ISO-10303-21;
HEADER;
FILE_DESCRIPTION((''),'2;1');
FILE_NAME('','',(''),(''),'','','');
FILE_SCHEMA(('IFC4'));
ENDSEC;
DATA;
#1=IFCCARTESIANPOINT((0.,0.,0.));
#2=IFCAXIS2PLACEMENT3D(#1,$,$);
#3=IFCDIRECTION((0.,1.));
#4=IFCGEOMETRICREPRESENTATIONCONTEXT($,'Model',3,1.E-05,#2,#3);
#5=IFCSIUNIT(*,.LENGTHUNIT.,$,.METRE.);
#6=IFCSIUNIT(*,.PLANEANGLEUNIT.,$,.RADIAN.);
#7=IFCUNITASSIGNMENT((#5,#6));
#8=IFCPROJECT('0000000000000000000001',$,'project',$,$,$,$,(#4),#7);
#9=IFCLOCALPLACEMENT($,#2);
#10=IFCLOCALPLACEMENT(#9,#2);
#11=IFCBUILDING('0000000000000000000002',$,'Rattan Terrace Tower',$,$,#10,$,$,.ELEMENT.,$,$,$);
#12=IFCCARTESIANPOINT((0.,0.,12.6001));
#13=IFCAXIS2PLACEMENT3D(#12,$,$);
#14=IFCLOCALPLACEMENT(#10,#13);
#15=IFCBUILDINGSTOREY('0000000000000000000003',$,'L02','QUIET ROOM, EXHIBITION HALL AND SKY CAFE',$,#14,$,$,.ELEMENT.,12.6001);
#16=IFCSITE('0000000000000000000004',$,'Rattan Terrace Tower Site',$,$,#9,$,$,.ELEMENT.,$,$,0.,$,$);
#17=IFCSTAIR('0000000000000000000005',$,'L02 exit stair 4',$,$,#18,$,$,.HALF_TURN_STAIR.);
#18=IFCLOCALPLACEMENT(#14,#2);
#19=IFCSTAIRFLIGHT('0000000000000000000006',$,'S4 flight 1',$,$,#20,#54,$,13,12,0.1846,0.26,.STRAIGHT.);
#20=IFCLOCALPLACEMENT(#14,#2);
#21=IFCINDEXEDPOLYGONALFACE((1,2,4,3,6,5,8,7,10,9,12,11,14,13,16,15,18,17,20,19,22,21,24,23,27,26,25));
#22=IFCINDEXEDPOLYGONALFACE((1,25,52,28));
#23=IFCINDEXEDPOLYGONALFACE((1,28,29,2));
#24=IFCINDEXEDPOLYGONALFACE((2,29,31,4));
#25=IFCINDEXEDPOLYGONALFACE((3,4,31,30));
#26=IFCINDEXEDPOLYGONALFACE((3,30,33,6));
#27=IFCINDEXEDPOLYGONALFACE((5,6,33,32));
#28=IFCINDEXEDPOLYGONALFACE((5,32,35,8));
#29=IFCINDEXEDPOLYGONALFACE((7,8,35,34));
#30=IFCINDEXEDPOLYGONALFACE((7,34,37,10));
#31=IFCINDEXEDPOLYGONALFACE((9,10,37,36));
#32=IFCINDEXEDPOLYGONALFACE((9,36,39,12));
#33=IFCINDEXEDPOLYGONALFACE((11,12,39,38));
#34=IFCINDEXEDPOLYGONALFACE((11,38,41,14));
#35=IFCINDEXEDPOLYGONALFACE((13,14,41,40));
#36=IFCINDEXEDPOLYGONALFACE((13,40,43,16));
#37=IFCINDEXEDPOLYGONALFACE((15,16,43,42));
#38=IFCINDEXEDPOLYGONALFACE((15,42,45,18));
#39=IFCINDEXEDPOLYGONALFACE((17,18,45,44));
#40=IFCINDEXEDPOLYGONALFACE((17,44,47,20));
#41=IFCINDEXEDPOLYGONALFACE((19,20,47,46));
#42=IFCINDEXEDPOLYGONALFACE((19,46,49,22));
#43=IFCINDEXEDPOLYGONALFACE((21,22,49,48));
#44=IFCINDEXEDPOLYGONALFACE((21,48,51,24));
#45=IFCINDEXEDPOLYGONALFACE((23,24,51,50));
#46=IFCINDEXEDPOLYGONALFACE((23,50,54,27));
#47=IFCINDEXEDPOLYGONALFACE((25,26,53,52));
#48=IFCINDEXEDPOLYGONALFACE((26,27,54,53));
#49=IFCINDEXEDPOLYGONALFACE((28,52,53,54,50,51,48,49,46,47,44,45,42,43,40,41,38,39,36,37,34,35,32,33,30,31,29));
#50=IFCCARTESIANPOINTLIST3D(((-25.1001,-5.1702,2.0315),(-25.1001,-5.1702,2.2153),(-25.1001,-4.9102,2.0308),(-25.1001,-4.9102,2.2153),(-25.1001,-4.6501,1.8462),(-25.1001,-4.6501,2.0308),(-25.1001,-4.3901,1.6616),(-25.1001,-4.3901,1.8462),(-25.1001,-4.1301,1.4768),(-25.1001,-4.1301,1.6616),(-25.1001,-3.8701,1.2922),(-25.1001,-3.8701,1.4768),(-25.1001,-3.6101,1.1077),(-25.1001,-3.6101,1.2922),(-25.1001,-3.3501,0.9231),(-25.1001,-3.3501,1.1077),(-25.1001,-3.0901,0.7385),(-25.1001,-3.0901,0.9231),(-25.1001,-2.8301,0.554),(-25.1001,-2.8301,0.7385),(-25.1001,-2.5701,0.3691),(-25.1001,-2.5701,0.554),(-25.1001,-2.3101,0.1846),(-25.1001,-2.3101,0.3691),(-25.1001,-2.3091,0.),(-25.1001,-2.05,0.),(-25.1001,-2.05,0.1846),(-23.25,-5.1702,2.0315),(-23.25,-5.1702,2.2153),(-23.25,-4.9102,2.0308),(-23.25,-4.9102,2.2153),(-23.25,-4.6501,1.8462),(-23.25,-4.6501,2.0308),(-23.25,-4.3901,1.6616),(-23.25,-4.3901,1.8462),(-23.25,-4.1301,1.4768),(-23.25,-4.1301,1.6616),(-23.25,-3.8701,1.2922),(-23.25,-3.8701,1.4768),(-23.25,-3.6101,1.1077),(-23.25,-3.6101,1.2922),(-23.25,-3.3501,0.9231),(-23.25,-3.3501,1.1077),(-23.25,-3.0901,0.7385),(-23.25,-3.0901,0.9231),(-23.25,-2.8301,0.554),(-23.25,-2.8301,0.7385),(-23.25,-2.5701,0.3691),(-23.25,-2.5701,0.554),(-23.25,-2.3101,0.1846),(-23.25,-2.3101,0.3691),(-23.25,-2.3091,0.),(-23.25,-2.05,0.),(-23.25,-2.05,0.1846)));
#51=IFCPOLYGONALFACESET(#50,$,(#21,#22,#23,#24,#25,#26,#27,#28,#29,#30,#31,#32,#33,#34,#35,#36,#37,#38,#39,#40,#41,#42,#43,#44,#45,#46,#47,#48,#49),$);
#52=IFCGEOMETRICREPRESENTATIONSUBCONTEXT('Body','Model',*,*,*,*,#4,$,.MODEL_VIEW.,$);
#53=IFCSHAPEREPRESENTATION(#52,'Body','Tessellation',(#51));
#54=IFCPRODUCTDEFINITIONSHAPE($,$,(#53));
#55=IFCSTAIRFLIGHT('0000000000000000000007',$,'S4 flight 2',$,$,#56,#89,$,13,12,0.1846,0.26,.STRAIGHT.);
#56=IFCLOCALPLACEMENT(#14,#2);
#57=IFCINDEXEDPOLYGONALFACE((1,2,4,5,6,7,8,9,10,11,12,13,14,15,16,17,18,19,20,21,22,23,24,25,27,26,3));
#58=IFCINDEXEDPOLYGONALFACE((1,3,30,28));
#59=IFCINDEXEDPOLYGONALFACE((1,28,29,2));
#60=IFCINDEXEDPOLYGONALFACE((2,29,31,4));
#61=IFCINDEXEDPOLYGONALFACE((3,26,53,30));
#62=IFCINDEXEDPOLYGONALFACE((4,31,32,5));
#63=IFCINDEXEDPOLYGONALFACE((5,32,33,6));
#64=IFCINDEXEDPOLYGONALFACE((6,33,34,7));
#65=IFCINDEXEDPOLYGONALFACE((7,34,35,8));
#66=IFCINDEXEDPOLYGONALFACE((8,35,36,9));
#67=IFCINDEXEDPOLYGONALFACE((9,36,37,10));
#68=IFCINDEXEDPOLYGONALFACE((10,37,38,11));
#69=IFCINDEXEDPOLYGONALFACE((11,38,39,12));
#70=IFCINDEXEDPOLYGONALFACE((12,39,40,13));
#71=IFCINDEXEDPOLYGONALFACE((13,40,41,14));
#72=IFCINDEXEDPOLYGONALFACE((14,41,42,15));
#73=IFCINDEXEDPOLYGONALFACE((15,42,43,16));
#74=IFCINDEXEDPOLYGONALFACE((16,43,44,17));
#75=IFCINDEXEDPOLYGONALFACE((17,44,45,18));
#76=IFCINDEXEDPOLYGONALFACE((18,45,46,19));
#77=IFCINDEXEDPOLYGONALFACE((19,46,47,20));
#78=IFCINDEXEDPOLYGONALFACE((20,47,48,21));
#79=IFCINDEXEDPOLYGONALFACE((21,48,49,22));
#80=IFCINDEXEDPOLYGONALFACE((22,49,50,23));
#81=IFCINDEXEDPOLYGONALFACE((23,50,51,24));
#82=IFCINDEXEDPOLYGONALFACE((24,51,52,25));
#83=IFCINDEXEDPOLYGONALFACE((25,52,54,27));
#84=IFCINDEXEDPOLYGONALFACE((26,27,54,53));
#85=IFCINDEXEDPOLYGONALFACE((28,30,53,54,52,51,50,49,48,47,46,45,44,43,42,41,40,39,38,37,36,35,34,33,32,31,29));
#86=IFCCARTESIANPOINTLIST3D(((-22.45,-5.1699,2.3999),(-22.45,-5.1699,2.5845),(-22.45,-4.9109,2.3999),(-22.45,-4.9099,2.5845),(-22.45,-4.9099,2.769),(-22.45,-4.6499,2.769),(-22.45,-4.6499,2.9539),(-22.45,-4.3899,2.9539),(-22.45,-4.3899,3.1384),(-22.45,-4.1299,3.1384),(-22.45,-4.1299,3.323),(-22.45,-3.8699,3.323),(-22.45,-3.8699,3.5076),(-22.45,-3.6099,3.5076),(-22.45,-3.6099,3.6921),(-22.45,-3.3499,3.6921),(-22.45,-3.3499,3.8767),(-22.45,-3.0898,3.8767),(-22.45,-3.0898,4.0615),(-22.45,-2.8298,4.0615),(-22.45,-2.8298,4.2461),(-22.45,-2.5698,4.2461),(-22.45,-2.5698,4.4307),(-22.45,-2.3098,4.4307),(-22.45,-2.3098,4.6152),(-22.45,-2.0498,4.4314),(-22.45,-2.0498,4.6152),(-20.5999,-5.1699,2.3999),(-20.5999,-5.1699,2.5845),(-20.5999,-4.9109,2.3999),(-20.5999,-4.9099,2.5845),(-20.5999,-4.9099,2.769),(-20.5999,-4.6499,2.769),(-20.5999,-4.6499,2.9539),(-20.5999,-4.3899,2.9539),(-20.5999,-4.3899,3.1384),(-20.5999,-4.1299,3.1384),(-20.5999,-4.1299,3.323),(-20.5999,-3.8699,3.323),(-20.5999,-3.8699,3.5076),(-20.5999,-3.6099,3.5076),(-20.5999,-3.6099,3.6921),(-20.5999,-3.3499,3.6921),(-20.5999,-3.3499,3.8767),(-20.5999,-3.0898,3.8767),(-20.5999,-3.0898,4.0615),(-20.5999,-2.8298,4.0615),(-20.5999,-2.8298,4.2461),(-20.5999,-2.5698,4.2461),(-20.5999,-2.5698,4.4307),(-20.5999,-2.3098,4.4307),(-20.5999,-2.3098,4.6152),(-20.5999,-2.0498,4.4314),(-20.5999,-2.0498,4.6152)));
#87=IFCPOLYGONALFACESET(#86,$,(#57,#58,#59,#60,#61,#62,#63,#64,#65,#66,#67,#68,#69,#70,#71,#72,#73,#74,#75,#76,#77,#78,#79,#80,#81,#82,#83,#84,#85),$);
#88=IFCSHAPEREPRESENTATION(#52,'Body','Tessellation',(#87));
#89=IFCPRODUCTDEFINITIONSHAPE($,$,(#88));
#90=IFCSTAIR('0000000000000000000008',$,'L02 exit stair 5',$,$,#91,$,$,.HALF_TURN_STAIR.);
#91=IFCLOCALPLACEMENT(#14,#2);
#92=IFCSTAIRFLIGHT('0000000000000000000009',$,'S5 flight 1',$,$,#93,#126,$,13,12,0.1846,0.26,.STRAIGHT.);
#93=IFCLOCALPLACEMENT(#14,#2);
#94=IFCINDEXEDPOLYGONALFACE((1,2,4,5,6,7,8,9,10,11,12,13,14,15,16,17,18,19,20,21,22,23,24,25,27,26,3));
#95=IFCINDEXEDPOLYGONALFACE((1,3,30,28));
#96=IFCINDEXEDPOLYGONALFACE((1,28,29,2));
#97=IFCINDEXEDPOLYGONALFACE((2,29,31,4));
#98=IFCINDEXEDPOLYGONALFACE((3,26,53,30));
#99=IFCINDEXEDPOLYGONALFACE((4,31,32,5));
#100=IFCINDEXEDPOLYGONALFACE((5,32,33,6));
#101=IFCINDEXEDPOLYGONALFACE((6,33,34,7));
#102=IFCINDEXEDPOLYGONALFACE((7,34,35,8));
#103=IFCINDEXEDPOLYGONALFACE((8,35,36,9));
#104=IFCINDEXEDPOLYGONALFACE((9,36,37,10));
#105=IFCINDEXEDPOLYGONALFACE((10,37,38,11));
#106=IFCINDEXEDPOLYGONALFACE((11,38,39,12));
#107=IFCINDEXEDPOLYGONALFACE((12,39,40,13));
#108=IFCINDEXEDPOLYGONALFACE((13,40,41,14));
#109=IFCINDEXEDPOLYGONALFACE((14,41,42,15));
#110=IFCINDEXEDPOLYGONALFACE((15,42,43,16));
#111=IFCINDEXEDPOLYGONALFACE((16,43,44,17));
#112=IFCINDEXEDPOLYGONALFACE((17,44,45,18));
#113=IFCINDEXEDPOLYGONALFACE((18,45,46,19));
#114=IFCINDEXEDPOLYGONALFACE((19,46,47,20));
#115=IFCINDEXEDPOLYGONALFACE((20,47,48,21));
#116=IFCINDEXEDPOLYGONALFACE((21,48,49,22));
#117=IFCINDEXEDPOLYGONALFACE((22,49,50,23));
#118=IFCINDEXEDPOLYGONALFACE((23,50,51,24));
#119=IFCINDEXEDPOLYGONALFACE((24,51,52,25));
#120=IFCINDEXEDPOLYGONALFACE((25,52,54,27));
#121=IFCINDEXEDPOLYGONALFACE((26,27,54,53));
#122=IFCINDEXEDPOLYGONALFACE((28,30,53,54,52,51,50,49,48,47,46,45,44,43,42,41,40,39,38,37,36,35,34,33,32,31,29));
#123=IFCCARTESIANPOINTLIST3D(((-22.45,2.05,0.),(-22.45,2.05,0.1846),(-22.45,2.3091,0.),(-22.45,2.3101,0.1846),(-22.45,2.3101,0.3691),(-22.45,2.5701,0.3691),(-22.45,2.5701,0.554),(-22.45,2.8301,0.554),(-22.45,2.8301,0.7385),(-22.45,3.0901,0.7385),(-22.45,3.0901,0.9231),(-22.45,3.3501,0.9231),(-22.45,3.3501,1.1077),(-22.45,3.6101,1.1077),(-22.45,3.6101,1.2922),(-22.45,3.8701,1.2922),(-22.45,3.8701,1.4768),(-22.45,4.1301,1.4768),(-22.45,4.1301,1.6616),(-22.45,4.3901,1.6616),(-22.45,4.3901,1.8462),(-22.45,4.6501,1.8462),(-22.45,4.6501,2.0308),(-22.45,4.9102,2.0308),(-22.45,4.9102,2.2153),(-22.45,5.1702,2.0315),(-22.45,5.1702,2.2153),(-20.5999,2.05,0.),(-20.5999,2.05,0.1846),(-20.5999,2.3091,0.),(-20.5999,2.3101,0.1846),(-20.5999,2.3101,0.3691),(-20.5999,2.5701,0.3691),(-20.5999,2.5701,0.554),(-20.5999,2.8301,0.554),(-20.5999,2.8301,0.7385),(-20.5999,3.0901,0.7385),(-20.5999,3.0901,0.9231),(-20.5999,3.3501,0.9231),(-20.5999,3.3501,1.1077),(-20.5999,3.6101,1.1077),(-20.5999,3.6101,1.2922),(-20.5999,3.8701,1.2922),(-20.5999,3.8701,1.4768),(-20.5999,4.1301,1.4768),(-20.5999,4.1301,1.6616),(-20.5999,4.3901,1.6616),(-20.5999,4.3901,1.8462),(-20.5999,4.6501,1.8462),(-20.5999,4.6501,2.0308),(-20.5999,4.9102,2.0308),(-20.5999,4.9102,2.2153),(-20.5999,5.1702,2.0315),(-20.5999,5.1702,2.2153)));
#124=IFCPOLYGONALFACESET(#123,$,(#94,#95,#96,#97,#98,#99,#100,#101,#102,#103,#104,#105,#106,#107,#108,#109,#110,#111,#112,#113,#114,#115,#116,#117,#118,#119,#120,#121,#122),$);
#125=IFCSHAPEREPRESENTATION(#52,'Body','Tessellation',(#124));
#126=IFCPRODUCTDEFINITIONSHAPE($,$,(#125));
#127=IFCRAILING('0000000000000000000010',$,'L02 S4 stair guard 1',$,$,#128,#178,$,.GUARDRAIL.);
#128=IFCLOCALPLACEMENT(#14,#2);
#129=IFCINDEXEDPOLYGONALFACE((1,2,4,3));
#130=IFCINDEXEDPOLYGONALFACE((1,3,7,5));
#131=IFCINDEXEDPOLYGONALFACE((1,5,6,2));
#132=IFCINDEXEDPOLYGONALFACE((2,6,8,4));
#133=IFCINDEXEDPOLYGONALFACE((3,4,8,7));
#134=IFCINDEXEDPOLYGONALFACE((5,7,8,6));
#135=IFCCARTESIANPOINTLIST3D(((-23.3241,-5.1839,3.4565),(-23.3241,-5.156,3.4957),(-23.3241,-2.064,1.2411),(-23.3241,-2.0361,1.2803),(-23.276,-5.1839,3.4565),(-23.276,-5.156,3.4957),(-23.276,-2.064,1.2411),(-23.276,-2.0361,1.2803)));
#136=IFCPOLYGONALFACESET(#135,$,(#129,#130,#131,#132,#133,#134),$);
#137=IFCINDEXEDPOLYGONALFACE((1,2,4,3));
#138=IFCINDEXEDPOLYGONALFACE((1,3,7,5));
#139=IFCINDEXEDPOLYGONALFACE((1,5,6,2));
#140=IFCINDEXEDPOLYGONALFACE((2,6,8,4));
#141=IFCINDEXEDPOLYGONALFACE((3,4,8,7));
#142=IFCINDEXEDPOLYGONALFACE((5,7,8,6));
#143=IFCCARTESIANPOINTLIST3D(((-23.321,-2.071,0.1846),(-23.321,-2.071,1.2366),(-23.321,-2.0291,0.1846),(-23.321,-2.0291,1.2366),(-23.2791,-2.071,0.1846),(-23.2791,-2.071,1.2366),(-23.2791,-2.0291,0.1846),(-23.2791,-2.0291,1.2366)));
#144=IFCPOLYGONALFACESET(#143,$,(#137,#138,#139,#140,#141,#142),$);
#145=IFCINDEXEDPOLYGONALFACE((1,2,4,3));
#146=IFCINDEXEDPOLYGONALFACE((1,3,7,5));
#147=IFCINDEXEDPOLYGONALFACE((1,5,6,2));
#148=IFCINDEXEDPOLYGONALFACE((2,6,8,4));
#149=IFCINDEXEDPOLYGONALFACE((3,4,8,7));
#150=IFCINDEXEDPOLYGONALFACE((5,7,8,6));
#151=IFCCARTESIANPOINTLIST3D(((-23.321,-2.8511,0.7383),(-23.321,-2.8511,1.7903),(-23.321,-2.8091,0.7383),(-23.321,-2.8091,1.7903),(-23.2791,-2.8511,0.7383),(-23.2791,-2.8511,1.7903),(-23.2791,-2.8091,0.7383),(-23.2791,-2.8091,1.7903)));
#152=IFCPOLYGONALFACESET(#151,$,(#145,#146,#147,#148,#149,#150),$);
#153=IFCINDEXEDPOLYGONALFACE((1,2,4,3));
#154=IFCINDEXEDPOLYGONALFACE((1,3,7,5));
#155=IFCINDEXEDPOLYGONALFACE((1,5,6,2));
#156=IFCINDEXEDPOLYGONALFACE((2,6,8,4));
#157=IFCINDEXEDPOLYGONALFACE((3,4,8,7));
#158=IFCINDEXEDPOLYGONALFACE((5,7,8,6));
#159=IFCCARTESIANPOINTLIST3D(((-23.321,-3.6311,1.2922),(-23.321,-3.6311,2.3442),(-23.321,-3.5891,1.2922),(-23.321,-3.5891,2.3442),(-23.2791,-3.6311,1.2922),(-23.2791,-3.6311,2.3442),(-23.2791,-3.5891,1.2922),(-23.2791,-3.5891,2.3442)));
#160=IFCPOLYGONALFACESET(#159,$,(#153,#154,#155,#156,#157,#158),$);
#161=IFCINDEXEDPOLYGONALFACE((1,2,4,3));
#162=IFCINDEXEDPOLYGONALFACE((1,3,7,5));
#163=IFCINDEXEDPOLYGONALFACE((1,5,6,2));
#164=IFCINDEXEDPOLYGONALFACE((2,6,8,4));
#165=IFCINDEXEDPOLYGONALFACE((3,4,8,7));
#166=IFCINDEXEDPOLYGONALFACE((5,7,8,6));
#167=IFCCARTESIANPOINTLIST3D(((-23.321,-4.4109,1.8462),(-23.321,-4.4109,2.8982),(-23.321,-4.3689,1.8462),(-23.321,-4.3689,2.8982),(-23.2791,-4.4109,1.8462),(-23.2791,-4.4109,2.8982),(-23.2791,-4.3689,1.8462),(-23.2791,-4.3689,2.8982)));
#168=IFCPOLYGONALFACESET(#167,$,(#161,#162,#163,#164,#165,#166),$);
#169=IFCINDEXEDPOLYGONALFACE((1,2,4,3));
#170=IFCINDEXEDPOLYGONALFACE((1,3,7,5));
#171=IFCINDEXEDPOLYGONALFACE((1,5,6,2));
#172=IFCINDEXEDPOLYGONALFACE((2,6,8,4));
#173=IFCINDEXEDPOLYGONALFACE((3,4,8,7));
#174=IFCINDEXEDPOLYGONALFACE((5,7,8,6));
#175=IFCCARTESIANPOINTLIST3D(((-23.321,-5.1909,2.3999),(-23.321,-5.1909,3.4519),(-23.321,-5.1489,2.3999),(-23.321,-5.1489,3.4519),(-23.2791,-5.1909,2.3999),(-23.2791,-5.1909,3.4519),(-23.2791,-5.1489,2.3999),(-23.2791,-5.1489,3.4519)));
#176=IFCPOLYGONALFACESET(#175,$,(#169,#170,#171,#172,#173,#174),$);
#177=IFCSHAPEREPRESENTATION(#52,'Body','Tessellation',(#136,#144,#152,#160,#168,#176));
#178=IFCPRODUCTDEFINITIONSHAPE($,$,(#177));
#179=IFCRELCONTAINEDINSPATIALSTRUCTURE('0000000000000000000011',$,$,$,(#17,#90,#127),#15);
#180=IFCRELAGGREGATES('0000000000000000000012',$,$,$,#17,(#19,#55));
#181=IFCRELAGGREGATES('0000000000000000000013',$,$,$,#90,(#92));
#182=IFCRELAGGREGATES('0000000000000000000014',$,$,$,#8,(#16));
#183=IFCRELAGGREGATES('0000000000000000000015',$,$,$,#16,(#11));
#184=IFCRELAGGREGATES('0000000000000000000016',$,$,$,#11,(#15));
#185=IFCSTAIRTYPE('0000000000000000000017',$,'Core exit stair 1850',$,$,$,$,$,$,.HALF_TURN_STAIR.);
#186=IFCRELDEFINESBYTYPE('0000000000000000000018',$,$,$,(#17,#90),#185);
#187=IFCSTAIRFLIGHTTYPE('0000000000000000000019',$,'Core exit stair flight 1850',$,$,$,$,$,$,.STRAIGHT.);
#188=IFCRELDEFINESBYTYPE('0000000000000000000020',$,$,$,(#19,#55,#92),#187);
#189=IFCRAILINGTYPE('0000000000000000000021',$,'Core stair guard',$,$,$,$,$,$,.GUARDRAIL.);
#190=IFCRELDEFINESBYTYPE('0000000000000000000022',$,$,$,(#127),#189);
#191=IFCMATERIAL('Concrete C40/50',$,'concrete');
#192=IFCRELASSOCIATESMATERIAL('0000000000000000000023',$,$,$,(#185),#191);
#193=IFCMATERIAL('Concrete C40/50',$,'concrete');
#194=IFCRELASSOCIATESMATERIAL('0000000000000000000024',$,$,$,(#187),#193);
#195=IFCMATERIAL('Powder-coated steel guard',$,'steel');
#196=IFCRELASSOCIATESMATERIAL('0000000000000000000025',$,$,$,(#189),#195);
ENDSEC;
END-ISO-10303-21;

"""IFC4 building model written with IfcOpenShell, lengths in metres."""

from ifc_helpers import new_model, si_unit, direction, frame, origin, origin_2d, place, context, subcontext, project, spatial, polyline, rectangle, outline, extrude, material, type_object, element, aggregate, save


model = new_model("IFC4")

# Units and contexts
model_context = context("Model", 3, precision=1e-05, world=origin(), true_north=direction((0.0, 1.0)))
body_context = subcontext(model_context, "Body", "Model", "MODEL_VIEW")
ifc_project = project(units=[si_unit("LENGTHUNIT", "METRE"), si_unit("PLANEANGLEUNIT", "RADIAN")], contexts=[model_context])

# Site, building, storey
site_placement = place(None, origin())
site = spatial("IfcSite", under=ifc_project, at=site_placement, Name="Rattan Terrace Tower Site", CompositionType="ELEMENT", RefElevation=0.0)
building_placement = place(site_placement, origin())
building = spatial("IfcBuilding", under=site, at=building_placement, Name="Rattan Terrace Tower", CompositionType="ELEMENT")
storey_placement = place(building_placement, frame((0.0, 0.0, 12.6001)))
storey = spatial("IfcBuildingStorey", under=building, at=storey_placement, Name="L02", Description="QUIET ROOM, EXHIBITION HALL AND SKY CAFE", CompositionType="ELEMENT", Elevation=12.6001)

# Stair, stair flights
ifc_material_1 = material(Name="Concrete C40/50", Category="concrete")
stair_type = type_object("IfcStairType", Name="Core exit stair 1850", PredefinedType="HALF_TURN_STAIR", material=ifc_material_1)
stair_1_placement = place(storey_placement, origin())
stair_1 = element("IfcStair", 1, at=stair_1_placement, inside=storey, type_object=stair_type, Name="L02 exit stair 4", PredefinedType="HALF_TURN_STAIR")
ifc_material_2 = material(Name="Concrete C40/50", Category="concrete")
stair_flight_type = type_object("IfcStairFlightType", Name="Core exit stair flight 1850", PredefinedType="STRAIGHT", material=ifc_material_2)
stair_flight_1_placement = place(storey_placement, frame((-24.175, -2.05, 0.0), z_axis=(0.0, 0.0, 1.0), x_axis=(0.0, -1.0, 0.0)))
stair_flight_1 = element("IfcStairFlight", 2, at=stair_flight_1_placement, type_object=stair_flight_type, Name="S4 flight 1", NumberOfRisers=13, NumberOfTreads=12, PredefinedType="STRAIGHT", RiserHeight=0.1846, TreadLength=0.26, context=body_context, shape_type="SweptSolid", body=[
    extrude(outline(polyline([(0.0, 0.0), (0.0, 0.1846), (0.26, 0.1846), (0.26, 0.3691), (0.52, 0.3691), (0.52, 0.554), (0.78, 0.554), (0.78, 0.7385), (1.04, 0.7385), (1.04, 0.9231), (1.3, 0.9231), (1.3, 1.1077), (1.5601, 1.1077), (1.5601, 1.2922), (1.8201, 1.2922), (1.8201, 1.4768), (2.0801, 1.4768), (2.0801, 1.6616), (2.3401, 1.6616), (2.3401, 1.8462), (2.6001, 1.8462), (2.6001, 2.0308), (2.8601, 2.0308), (2.8601, 2.2153), (3.1201, 2.2153), (3.1201, 2.3999), (3.1201, 2.0315), (0.259, 0.0), (0.0, 0.0)])), frame((0.0, 0.925, 0.0), z_axis=(0.0, -1.0, 0.0), x_axis=(1.0, 0.0, 0.0)), (0.0, 0.0, 1.0), 1.8501),
])
stair_flight_2_placement = place(storey_placement, frame((-21.5249, -5.1699, 2.3999), z_axis=(0.0, 0.0, 1.0), x_axis=(0.0, 1.0, 0.0)))
stair_flight_2 = element("IfcStairFlight", 3, at=stair_flight_2_placement, type_object=stair_flight_type, Name="S4 flight 2", NumberOfRisers=13, NumberOfTreads=12, PredefinedType="STRAIGHT", RiserHeight=0.1846, TreadLength=0.26, context=body_context, shape_type="SweptSolid", body=[
    extrude(outline(polyline([(0.0, 0.0), (0.0, 0.1846), (0.26, 0.1846), (0.26, 0.3691), (0.52, 0.3691), (0.52, 0.554), (0.78, 0.554), (0.78, 0.7385), (1.04, 0.7385), (1.04, 0.9231), (1.3, 0.9231), (1.3, 1.1077), (1.5601, 1.1077), (1.5601, 1.2922), (1.8201, 1.2922), (1.8201, 1.4768), (2.0801, 1.4768), (2.0801, 1.6616), (2.3401, 1.6616), (2.3401, 1.8462), (2.6001, 1.8462), (2.6001, 2.0308), (2.8601, 2.0308), (2.8601, 2.2153), (3.1201, 2.2153), (3.1201, 2.3999), (3.1201, 2.0315), (0.259, 0.0), (0.0, 0.0)])), frame((0.0, 0.925, 0.0), z_axis=(0.0, -1.0, 0.0), x_axis=(1.0, 0.0, 0.0)), (0.0, 0.0, 1.0), 1.8501),
])
aggregate(stair_1, [stair_flight_1, stair_flight_2])

# Stair, stair flight
stair_2_placement = place(storey_placement, origin())
stair_2 = element("IfcStair", 4, at=stair_2_placement, inside=storey, type_object=stair_type, Name="L02 exit stair 5", PredefinedType="HALF_TURN_STAIR")
stair_flight_3_placement = place(storey_placement, frame((-21.5249, 2.05, 0.0), z_axis=(0.0, 0.0, 1.0), x_axis=(0.0, 1.0, 0.0)))
stair_flight_3 = element("IfcStairFlight", 5, at=stair_flight_3_placement, type_object=stair_flight_type, Name="S5 flight 1", NumberOfRisers=13, NumberOfTreads=12, PredefinedType="STRAIGHT", RiserHeight=0.1846, TreadLength=0.26, context=body_context, shape_type="SweptSolid", body=[
    extrude(outline(polyline([(0.0, 0.0), (0.0, 0.1846), (0.26, 0.1846), (0.26, 0.3691), (0.52, 0.3691), (0.52, 0.554), (0.78, 0.554), (0.78, 0.7385), (1.04, 0.7385), (1.04, 0.9231), (1.3, 0.9231), (1.3, 1.1077), (1.5601, 1.1077), (1.5601, 1.2922), (1.8201, 1.2922), (1.8201, 1.4768), (2.0801, 1.4768), (2.0801, 1.6616), (2.3401, 1.6616), (2.3401, 1.8462), (2.6001, 1.8462), (2.6001, 2.0308), (2.8601, 2.0308), (2.8601, 2.2153), (3.1201, 2.2153), (3.1201, 2.3999), (3.1201, 2.0315), (0.259, 0.0), (0.0, 0.0)])), frame((0.0, 0.925, 0.0), z_axis=(0.0, -1.0, 0.0), x_axis=(1.0, 0.0, 0.0)), (0.0, 0.0, 1.0), 1.8501),
])
aggregate(stair_2, [stair_flight_3])

# Railing
ifc_material_3 = material(Name="Powder-coated steel guard", Category="steel")
railing_type_1 = type_object("IfcRailingType", Name="Core stair guard", PredefinedType="GUARDRAIL", material=ifc_material_3)
railing_1_placement = place(storey_placement, frame((-23.3, -2.05, 0.1846)))
element("IfcRailing", 6, at=railing_1_placement, inside=storey, type_object=railing_type_1, Name="L02 S4 stair guard 1", PredefinedType="GUARDRAIL", context=body_context, shape_type="SweptSolid", body=[
    extrude(rectangle(XDim=0.0481, YDim=0.0481, at=origin_2d()), frame((0.0, 0.0, 1.0762), z_axis=(0.0, -0.815356, 0.578961), x_axis=(1.0, 0.0, 0.0)), (0.0, 0.0, 1.0), 3.8264),
    extrude(rectangle(XDim=0.042, YDim=0.042, at=origin_2d()), origin(), (0.0, 0.0, 1.0), 1.052),
    extrude(rectangle(XDim=0.042, YDim=0.042, at=origin_2d()), frame((0.0, -0.78, 0.5537)), (0.0, 0.0, 1.0), 1.052),
    extrude(rectangle(XDim=0.042, YDim=0.042, at=origin_2d()), frame((0.0, -1.5601, 1.1077)), (0.0, 0.0, 1.0), 1.052),
    extrude(rectangle(XDim=0.042, YDim=0.042, at=origin_2d()), frame((0.0, -2.3398, 1.6616)), (0.0, 0.0, 1.0), 1.052),
    extrude(rectangle(XDim=0.042, YDim=0.042, at=origin_2d()), frame((0.0, -3.1199, 2.2153)), (0.0, 0.0, 1.0), 1.052),
])

save(model, "model.ifc")
